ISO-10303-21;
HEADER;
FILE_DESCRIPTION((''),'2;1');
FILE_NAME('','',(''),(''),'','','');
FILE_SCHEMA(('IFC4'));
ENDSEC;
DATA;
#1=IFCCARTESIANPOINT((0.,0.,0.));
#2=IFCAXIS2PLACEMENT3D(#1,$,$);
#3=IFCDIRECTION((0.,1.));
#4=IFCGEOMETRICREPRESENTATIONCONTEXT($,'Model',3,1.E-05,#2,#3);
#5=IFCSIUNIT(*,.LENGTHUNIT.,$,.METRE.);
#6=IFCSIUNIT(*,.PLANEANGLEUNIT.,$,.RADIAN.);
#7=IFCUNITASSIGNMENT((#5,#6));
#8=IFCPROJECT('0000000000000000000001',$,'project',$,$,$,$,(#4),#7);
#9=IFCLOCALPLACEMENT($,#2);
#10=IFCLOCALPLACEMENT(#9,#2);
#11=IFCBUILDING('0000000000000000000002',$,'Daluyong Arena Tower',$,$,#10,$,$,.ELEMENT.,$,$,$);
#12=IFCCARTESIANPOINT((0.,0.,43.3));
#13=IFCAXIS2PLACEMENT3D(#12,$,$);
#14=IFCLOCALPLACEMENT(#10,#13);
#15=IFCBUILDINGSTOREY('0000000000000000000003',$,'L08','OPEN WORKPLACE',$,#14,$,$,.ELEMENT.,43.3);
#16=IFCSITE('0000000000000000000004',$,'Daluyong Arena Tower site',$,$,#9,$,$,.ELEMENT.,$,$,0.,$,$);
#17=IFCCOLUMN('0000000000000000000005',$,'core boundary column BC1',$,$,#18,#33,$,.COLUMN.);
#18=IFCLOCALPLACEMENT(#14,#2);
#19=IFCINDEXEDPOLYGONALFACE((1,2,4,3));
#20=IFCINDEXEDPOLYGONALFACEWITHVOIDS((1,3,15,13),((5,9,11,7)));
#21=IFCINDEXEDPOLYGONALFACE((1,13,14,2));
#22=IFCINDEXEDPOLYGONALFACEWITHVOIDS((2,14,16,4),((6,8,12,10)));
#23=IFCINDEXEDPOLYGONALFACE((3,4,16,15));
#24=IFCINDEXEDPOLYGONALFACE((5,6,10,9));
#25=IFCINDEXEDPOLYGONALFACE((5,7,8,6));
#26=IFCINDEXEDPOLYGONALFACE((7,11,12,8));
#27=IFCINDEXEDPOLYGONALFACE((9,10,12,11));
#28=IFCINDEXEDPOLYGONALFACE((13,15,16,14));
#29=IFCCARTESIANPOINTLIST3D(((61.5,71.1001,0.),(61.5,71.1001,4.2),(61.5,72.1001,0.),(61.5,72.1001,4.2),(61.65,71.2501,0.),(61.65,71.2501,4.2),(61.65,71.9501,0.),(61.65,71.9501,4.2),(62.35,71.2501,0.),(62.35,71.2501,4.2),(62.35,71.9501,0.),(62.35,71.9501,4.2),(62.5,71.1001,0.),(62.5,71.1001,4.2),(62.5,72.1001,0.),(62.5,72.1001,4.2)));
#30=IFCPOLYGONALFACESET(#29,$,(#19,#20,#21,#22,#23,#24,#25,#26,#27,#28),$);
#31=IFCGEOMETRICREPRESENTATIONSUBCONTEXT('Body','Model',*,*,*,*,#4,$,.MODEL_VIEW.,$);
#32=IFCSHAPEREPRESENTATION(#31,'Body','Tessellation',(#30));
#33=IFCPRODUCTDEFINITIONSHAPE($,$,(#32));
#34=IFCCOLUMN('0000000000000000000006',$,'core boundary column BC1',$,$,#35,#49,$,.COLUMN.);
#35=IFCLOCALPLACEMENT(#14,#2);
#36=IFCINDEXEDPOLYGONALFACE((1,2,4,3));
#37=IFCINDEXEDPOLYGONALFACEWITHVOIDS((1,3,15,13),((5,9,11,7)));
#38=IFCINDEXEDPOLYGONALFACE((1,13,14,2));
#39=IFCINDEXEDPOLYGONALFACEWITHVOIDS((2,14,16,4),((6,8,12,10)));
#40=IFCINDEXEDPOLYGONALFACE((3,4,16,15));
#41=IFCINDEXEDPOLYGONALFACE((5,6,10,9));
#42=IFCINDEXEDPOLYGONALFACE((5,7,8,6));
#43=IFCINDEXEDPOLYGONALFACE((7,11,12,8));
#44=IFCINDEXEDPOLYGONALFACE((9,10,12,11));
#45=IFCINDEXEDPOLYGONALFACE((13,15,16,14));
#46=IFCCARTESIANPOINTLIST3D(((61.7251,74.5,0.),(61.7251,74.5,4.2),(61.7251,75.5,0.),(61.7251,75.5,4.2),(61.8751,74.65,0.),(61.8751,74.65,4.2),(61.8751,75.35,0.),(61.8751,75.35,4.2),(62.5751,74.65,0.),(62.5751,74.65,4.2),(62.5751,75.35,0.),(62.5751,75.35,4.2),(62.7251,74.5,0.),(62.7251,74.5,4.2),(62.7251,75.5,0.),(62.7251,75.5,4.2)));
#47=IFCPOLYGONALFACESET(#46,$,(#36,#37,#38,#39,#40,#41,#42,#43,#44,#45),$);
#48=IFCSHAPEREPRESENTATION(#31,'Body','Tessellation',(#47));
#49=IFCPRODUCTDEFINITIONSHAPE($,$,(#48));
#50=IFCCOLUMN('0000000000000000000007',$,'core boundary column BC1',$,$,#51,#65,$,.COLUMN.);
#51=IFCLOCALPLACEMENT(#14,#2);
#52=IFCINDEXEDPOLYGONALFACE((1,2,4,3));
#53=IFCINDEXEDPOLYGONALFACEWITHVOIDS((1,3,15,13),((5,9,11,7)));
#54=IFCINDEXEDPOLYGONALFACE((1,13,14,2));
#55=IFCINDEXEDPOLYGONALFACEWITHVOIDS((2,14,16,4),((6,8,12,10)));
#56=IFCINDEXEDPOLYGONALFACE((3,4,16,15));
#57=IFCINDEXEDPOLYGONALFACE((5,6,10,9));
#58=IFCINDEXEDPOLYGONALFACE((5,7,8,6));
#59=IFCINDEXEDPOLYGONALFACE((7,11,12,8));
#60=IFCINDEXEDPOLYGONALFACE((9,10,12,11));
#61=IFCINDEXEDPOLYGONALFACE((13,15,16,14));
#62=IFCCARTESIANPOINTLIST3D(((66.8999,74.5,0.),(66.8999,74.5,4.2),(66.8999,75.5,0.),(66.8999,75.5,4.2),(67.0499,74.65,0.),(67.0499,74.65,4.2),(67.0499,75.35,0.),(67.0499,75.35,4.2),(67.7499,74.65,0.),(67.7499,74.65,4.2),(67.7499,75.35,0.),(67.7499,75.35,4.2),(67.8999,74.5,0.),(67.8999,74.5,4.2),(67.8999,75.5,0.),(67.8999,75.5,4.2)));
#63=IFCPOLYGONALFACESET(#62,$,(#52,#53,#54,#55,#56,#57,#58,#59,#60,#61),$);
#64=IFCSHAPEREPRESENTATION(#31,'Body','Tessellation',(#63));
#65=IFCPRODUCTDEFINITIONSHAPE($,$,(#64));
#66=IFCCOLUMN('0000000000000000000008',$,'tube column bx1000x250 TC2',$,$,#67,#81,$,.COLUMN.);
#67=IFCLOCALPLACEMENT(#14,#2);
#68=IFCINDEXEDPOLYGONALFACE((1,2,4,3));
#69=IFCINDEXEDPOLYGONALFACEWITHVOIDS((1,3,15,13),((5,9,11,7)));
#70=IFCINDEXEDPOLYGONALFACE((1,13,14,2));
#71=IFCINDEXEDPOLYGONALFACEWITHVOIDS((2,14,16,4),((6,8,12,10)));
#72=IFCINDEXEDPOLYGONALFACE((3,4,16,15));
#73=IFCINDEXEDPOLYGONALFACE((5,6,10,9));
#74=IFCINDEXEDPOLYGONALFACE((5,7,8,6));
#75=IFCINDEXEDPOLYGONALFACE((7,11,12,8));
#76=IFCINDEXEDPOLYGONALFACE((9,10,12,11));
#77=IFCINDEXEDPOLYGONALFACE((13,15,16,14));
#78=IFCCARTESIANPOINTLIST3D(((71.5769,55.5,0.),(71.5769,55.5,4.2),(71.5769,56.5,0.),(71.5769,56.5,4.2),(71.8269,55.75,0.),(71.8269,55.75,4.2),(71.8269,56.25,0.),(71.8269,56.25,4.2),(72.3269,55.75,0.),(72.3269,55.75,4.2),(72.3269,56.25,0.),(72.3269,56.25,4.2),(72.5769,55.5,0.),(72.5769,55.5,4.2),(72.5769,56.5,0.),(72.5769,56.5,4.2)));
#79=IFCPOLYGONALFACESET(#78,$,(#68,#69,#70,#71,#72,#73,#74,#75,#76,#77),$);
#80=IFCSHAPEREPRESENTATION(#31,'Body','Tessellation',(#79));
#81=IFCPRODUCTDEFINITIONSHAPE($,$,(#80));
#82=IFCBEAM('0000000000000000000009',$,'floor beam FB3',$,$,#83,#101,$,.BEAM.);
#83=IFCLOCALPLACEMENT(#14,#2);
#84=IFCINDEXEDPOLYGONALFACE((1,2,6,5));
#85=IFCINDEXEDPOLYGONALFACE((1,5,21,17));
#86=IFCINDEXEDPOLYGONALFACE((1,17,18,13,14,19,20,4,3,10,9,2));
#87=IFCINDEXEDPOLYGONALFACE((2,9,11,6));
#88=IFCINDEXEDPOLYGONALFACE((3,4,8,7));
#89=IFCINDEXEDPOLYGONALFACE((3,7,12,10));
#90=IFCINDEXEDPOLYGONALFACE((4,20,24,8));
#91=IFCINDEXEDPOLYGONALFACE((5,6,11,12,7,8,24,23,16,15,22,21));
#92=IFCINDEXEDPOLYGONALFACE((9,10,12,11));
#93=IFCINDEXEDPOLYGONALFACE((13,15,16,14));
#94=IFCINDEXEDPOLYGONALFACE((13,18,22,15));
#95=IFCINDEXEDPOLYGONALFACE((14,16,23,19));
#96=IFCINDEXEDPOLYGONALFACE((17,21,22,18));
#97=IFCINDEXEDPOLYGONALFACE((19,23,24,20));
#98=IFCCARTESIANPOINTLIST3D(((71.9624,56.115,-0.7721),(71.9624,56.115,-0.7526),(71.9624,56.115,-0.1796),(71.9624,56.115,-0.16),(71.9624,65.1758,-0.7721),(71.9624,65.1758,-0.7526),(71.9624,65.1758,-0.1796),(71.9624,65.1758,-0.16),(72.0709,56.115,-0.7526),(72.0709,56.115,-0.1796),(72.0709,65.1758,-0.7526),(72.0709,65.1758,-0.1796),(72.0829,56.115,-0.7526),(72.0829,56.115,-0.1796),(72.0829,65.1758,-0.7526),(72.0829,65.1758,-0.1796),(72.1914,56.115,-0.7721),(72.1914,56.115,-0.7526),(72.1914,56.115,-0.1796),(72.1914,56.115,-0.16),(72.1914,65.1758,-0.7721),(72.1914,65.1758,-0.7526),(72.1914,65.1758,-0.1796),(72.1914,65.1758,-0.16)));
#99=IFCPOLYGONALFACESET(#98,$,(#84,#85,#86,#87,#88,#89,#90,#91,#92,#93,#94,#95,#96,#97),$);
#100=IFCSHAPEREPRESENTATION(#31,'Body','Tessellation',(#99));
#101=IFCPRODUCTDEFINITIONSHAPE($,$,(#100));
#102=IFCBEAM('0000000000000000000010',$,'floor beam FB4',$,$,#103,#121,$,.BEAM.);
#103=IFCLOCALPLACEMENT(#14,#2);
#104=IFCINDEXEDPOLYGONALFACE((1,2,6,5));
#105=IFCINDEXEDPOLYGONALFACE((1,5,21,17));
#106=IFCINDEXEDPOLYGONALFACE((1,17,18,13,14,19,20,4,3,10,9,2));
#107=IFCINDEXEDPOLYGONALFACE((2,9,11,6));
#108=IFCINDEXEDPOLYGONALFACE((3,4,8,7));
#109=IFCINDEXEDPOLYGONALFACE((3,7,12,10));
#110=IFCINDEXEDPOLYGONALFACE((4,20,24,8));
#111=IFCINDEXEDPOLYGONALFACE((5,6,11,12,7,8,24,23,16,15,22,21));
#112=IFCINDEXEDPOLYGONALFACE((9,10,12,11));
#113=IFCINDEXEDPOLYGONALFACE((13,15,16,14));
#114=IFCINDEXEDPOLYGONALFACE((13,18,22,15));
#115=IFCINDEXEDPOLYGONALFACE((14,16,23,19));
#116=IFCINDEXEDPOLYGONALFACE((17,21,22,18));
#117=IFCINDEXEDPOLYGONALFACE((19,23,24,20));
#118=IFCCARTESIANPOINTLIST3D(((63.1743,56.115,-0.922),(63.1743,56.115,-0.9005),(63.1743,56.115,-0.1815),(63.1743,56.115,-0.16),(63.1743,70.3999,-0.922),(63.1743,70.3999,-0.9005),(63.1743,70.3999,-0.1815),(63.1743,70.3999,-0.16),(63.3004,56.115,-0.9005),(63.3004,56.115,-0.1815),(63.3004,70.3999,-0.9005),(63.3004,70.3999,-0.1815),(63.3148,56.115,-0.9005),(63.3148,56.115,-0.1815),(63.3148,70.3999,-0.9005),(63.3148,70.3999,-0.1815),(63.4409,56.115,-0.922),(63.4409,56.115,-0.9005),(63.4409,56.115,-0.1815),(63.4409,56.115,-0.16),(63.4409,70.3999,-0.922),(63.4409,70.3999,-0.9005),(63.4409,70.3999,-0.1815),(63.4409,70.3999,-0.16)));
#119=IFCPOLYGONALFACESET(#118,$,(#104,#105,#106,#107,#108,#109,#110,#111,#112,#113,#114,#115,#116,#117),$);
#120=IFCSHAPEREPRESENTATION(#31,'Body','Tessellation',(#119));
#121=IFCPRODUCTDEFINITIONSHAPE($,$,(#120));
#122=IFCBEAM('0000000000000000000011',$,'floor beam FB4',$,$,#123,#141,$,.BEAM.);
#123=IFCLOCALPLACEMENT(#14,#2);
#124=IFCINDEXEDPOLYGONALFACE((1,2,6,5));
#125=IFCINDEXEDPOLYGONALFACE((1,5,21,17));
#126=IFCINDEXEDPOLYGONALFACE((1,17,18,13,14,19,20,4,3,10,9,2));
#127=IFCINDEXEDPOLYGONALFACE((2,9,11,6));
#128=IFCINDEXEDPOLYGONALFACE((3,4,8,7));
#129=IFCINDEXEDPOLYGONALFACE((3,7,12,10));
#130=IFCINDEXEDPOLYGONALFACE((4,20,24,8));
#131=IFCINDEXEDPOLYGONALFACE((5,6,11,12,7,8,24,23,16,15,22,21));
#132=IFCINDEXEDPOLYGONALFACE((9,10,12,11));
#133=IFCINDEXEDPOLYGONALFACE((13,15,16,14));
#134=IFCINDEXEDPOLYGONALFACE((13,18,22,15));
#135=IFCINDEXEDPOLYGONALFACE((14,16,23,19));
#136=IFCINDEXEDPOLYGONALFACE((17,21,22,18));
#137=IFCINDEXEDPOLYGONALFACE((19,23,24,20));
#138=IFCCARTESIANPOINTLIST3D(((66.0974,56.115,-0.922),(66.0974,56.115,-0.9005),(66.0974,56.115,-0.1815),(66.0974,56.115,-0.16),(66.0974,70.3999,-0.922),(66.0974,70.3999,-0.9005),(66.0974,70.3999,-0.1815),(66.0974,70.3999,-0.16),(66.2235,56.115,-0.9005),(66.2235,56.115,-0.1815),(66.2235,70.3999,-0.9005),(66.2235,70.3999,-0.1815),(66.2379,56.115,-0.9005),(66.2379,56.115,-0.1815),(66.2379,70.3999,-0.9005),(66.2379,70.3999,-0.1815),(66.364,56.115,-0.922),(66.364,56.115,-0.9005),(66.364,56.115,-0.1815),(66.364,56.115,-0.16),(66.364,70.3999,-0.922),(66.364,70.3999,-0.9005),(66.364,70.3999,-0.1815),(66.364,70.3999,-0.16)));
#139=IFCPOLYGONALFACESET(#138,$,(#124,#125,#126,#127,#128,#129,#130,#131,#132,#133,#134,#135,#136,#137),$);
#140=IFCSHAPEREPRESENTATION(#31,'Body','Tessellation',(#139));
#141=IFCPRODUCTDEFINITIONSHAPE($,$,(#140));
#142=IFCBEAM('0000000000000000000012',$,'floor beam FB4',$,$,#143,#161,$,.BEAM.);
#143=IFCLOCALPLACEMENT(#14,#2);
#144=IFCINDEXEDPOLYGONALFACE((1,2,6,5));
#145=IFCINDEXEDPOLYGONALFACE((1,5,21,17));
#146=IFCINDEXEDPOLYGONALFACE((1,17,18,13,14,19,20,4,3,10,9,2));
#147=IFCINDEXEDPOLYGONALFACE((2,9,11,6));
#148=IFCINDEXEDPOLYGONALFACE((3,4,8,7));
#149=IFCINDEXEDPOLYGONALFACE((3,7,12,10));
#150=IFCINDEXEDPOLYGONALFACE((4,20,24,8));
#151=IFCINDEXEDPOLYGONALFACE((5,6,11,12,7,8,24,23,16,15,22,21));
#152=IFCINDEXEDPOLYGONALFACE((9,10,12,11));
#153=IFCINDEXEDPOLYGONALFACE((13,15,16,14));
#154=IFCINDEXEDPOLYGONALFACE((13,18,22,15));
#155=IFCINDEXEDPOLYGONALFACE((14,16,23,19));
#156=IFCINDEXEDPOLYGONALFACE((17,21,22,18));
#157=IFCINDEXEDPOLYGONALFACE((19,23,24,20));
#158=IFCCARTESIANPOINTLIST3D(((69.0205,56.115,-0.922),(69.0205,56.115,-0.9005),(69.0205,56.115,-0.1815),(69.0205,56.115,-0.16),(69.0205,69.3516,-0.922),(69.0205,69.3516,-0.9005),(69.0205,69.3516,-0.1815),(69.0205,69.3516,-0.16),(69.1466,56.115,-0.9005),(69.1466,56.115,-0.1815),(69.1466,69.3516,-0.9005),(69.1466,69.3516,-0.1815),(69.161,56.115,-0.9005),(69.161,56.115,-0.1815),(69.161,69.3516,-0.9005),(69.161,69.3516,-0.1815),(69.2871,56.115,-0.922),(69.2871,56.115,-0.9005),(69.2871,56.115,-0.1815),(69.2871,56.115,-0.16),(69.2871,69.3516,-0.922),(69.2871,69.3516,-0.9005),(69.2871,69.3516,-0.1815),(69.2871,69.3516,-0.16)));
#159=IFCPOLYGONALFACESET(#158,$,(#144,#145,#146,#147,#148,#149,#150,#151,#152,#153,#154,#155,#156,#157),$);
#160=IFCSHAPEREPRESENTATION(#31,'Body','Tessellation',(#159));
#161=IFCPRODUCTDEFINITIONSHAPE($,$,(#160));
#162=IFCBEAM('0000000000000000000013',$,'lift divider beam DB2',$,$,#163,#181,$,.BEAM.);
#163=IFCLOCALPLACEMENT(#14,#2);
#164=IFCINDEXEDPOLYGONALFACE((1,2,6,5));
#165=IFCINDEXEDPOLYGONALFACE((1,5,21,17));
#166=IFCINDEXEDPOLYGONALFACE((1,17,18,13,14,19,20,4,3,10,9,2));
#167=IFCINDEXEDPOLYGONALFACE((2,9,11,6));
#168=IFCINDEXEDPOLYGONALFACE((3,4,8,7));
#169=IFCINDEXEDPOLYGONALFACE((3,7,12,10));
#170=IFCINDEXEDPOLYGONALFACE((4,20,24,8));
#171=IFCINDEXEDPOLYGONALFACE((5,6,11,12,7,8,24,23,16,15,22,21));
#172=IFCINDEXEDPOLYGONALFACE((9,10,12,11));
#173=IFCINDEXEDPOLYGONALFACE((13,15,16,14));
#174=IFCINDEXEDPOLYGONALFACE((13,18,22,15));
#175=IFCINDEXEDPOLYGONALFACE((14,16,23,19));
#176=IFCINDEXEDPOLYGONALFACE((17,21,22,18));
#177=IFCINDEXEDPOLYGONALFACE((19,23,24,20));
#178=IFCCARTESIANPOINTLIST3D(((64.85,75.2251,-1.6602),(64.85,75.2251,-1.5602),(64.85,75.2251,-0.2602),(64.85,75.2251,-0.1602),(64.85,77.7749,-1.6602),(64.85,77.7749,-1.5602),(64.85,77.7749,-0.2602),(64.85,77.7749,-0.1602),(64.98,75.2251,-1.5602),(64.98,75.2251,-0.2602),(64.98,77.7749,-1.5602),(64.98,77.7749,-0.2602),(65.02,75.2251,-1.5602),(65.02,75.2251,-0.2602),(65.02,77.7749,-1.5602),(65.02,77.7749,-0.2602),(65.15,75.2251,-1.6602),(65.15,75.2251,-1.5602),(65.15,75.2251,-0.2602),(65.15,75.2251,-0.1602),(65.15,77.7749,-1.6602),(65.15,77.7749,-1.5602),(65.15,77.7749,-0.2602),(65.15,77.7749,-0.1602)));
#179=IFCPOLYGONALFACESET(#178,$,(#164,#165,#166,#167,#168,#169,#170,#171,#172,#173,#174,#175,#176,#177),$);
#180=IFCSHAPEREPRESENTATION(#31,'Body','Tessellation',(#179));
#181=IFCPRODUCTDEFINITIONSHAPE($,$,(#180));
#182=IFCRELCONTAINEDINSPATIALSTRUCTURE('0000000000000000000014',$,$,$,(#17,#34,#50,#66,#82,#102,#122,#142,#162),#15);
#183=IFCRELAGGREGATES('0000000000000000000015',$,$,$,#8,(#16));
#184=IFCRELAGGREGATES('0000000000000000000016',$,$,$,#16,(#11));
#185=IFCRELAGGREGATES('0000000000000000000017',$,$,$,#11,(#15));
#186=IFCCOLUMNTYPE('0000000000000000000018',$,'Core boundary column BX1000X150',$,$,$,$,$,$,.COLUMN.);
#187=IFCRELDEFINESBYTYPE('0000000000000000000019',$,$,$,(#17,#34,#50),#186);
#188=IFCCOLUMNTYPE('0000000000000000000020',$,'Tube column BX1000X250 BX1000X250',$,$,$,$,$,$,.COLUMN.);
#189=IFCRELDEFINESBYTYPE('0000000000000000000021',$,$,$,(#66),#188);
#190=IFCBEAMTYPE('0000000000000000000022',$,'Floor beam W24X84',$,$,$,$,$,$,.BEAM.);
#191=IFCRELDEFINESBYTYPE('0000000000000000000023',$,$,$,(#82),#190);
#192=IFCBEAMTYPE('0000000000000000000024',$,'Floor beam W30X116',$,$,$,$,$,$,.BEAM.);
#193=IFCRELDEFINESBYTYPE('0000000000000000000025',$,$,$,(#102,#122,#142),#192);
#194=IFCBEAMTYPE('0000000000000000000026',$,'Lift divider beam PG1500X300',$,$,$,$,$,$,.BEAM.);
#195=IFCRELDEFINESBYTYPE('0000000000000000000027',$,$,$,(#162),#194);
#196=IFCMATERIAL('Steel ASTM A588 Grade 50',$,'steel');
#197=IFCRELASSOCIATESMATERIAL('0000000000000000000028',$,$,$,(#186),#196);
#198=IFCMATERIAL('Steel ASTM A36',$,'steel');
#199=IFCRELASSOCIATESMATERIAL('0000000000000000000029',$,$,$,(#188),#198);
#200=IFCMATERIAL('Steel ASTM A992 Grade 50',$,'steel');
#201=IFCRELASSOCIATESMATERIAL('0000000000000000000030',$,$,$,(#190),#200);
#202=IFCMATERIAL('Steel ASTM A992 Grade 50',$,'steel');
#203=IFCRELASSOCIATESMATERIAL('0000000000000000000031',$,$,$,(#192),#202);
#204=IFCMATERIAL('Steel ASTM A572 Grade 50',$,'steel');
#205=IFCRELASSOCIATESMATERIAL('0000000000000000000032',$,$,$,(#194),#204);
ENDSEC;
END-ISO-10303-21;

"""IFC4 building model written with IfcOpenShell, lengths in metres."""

from ifc_helpers import new_model, si_unit, direction, frame, origin, origin_2d, place, context, subcontext, project, spatial, hollow_rectangle, i_section, extrude, material, material_profile, profile_set, type_object, element, save


model = new_model("IFC4")

# Units and contexts
model_context = context("Model", 3, precision=1e-05, world=origin(), true_north=direction((0.0, 1.0)))
body_context = subcontext(model_context, "Body", "Model", "MODEL_VIEW")
ifc_project = project(units=[si_unit("LENGTHUNIT", "METRE"), si_unit("PLANEANGLEUNIT", "RADIAN")], contexts=[model_context])

# Site, building, storey
site_placement = place(None, origin())
site = spatial("IfcSite", under=ifc_project, at=site_placement, Name="Daluyong Arena Tower site", CompositionType="ELEMENT", RefElevation=0.0)
building_placement = place(site_placement, origin())
building = spatial("IfcBuilding", under=site, at=building_placement, Name="Daluyong Arena Tower", CompositionType="ELEMENT")
storey_placement = place(building_placement, frame((0.0, 0.0, 43.3)))
storey = spatial("IfcBuildingStorey", under=building, at=storey_placement, Name="L08", Description="OPEN WORKPLACE", CompositionType="ELEMENT", Elevation=43.3)

# Columns
ifc_material_1 = material(Name="Steel ASTM A588 Grade 50", Category="steel")
ifc_material_profile_1 = material_profile(ifc_material_1, hollow_rectangle(XDim=1.0, YDim=1.0, WallThickness=0.15, at=origin_2d()))
ifc_profile_set_1 = profile_set([ifc_material_profile_1], Name="Steel ASTM A588 Grade 50")
column_type_1 = type_object("IfcColumnType", Name="Core boundary column BX1000X150", PredefinedType="COLUMN", material=ifc_profile_set_1)
for number, where, z_axis, x_axis, name in (
    (1, (62.0, 71.6001, 0.0), (0.0, 0.0, 1.0), (1.0, 0.0, 0.0), "core boundary column BC1"),
    (2, (62.2251, 75.0, 0.0), (0.0, 0.0, 1.0), (1.0, 0.0, 0.0), "core boundary column BC1"),
    (3, (67.3999, 75.0, 0.0), (0.0, 0.0, 1.0), (1.0, 0.0, 0.0), "core boundary column BC1"),
):
    element("IfcColumn", number, at=place(storey_placement, frame(where, z_axis=z_axis, x_axis=x_axis)), inside=storey, type_object=column_type_1, Name=name, PredefinedType="COLUMN", context=body_context, shape_type="SweptSolid", body=[
        extrude(hollow_rectangle(XDim=1.0, YDim=1.0, WallThickness=0.15, at=origin_2d()), origin(), (0.0, 0.0, 1.0), 4.2),
    ])
ifc_material_2 = material(Name="Steel ASTM A36", Category="steel")
ifc_material_profile_2 = material_profile(ifc_material_2, hollow_rectangle(XDim=1.0, YDim=1.0, WallThickness=0.25, at=origin_2d()))
ifc_profile_set_2 = profile_set([ifc_material_profile_2], Name="Steel ASTM A36")
column_type_2 = type_object("IfcColumnType", Name="Tube column BX1000X250 BX1000X250", PredefinedType="COLUMN", material=ifc_profile_set_2)
column_placement = place(storey_placement, frame((72.0769, 56.0, 0.0), z_axis=(0.0, 0.0, 1.0), x_axis=(1.0, 0.0, 0.0)))
element("IfcColumn", 4, at=column_placement, inside=storey, type_object=column_type_2, Name="tube column bx1000x250 TC2", PredefinedType="COLUMN", context=body_context, shape_type="SweptSolid", body=[
    extrude(hollow_rectangle(XDim=1.0, YDim=1.0, WallThickness=0.25, at=origin_2d()), origin(), (0.0, 0.0, 1.0), 4.2),
])

# Beams
ifc_material_3 = material(Name="Steel ASTM A992 Grade 50", Category="steel")
ifc_material_profile_3 = material_profile(ifc_material_3, i_section(OverallWidth=0.229, OverallDepth=0.6121, WebThickness=0.012, FlangeThickness=0.0195, at=origin_2d()))
ifc_profile_set_3 = profile_set([ifc_material_profile_3], Name="Steel ASTM A992 Grade 50")
beam_type_1 = type_object("IfcBeamType", Name="Floor beam W24X84", PredefinedType="BEAM", material=ifc_profile_set_3)
beam_1_placement = place(storey_placement, frame((72.0769, 56.115, -0.4661), z_axis=(0.0, 1.0, 0.0), x_axis=(-1.0, 0.0, 0.0)))
element("IfcBeam", 5, at=beam_1_placement, inside=storey, type_object=beam_type_1, Name="floor beam FB3", PredefinedType="BEAM", context=body_context, shape_type="SweptSolid", body=[
    extrude(i_section(OverallWidth=0.229, OverallDepth=0.6121, WebThickness=0.012, FlangeThickness=0.0195, at=origin_2d()), origin(), (0.0, 0.0, 1.0), 9.0608),
])
ifc_material_4 = material(Name="Steel ASTM A992 Grade 50", Category="steel")
ifc_material_profile_4 = material_profile(ifc_material_4, i_section(OverallWidth=0.2666, OverallDepth=0.762, WebThickness=0.0144, FlangeThickness=0.0215, at=origin_2d()))
ifc_profile_set_4 = profile_set([ifc_material_profile_4], Name="Steel ASTM A992 Grade 50")
beam_type_2 = type_object("IfcBeamType", Name="Floor beam W30X116", PredefinedType="BEAM", material=ifc_profile_set_4)
for number, where, z_axis, x_axis, name in (
    (6, (63.3076, 56.115, -0.541), (0.0, 1.0, 0.0), (-1.0, 0.0, 0.0), "floor beam FB4"),
    (7, (66.2307, 56.115, -0.541), (0.0, 1.0, 0.0), (-1.0, 0.0, 0.0), "floor beam FB4"),
):
    element("IfcBeam", number, at=place(storey_placement, frame(where, z_axis=z_axis, x_axis=x_axis)), inside=storey, type_object=beam_type_2, Name=name, PredefinedType="BEAM", context=body_context, shape_type="SweptSolid", body=[
        extrude(i_section(OverallWidth=0.2666, OverallDepth=0.762, WebThickness=0.0144, FlangeThickness=0.0215, at=origin_2d()), origin(), (0.0, 0.0, 1.0), 14.2849),
    ])
beam_2_placement = place(storey_placement, frame((69.1538, 56.115, -0.541), z_axis=(0.0, 1.0, 0.0), x_axis=(-1.0, 0.0, 0.0)))
element("IfcBeam", 8, at=beam_2_placement, inside=storey, type_object=beam_type_2, Name="floor beam FB4", PredefinedType="BEAM", context=body_context, shape_type="SweptSolid", body=[
    extrude(i_section(OverallWidth=0.2666, OverallDepth=0.762, WebThickness=0.0144, FlangeThickness=0.0215, at=origin_2d()), origin(), (0.0, 0.0, 1.0), 13.2366),
])
ifc_material_5 = material(Name="Steel ASTM A572 Grade 50", Category="steel")
ifc_material_profile_5 = material_profile(ifc_material_5, i_section(OverallWidth=0.3, OverallDepth=1.5, WebThickness=0.04, FlangeThickness=0.1, at=origin_2d()))
ifc_profile_set_5 = profile_set([ifc_material_profile_5], Name="Steel ASTM A572 Grade 50")
beam_type_3 = type_object("IfcBeamType", Name="Lift divider beam PG1500X300", PredefinedType="BEAM", material=ifc_profile_set_5)
beam_3_placement = place(storey_placement, frame((65.0, 75.2251, -0.9102), z_axis=(0.0, 1.0, 0.0), x_axis=(-1.0, 0.0, 0.0)))
element("IfcBeam", 9, at=beam_3_placement, inside=storey, type_object=beam_type_3, Name="lift divider beam DB2", PredefinedType="BEAM", context=body_context, shape_type="SweptSolid", body=[
    extrude(i_section(OverallWidth=0.3, OverallDepth=1.5, WebThickness=0.04, FlangeThickness=0.1, at=origin_2d()), origin(), (0.0, 0.0, 1.0), 2.5498),
])

save(model, "model.ifc")
